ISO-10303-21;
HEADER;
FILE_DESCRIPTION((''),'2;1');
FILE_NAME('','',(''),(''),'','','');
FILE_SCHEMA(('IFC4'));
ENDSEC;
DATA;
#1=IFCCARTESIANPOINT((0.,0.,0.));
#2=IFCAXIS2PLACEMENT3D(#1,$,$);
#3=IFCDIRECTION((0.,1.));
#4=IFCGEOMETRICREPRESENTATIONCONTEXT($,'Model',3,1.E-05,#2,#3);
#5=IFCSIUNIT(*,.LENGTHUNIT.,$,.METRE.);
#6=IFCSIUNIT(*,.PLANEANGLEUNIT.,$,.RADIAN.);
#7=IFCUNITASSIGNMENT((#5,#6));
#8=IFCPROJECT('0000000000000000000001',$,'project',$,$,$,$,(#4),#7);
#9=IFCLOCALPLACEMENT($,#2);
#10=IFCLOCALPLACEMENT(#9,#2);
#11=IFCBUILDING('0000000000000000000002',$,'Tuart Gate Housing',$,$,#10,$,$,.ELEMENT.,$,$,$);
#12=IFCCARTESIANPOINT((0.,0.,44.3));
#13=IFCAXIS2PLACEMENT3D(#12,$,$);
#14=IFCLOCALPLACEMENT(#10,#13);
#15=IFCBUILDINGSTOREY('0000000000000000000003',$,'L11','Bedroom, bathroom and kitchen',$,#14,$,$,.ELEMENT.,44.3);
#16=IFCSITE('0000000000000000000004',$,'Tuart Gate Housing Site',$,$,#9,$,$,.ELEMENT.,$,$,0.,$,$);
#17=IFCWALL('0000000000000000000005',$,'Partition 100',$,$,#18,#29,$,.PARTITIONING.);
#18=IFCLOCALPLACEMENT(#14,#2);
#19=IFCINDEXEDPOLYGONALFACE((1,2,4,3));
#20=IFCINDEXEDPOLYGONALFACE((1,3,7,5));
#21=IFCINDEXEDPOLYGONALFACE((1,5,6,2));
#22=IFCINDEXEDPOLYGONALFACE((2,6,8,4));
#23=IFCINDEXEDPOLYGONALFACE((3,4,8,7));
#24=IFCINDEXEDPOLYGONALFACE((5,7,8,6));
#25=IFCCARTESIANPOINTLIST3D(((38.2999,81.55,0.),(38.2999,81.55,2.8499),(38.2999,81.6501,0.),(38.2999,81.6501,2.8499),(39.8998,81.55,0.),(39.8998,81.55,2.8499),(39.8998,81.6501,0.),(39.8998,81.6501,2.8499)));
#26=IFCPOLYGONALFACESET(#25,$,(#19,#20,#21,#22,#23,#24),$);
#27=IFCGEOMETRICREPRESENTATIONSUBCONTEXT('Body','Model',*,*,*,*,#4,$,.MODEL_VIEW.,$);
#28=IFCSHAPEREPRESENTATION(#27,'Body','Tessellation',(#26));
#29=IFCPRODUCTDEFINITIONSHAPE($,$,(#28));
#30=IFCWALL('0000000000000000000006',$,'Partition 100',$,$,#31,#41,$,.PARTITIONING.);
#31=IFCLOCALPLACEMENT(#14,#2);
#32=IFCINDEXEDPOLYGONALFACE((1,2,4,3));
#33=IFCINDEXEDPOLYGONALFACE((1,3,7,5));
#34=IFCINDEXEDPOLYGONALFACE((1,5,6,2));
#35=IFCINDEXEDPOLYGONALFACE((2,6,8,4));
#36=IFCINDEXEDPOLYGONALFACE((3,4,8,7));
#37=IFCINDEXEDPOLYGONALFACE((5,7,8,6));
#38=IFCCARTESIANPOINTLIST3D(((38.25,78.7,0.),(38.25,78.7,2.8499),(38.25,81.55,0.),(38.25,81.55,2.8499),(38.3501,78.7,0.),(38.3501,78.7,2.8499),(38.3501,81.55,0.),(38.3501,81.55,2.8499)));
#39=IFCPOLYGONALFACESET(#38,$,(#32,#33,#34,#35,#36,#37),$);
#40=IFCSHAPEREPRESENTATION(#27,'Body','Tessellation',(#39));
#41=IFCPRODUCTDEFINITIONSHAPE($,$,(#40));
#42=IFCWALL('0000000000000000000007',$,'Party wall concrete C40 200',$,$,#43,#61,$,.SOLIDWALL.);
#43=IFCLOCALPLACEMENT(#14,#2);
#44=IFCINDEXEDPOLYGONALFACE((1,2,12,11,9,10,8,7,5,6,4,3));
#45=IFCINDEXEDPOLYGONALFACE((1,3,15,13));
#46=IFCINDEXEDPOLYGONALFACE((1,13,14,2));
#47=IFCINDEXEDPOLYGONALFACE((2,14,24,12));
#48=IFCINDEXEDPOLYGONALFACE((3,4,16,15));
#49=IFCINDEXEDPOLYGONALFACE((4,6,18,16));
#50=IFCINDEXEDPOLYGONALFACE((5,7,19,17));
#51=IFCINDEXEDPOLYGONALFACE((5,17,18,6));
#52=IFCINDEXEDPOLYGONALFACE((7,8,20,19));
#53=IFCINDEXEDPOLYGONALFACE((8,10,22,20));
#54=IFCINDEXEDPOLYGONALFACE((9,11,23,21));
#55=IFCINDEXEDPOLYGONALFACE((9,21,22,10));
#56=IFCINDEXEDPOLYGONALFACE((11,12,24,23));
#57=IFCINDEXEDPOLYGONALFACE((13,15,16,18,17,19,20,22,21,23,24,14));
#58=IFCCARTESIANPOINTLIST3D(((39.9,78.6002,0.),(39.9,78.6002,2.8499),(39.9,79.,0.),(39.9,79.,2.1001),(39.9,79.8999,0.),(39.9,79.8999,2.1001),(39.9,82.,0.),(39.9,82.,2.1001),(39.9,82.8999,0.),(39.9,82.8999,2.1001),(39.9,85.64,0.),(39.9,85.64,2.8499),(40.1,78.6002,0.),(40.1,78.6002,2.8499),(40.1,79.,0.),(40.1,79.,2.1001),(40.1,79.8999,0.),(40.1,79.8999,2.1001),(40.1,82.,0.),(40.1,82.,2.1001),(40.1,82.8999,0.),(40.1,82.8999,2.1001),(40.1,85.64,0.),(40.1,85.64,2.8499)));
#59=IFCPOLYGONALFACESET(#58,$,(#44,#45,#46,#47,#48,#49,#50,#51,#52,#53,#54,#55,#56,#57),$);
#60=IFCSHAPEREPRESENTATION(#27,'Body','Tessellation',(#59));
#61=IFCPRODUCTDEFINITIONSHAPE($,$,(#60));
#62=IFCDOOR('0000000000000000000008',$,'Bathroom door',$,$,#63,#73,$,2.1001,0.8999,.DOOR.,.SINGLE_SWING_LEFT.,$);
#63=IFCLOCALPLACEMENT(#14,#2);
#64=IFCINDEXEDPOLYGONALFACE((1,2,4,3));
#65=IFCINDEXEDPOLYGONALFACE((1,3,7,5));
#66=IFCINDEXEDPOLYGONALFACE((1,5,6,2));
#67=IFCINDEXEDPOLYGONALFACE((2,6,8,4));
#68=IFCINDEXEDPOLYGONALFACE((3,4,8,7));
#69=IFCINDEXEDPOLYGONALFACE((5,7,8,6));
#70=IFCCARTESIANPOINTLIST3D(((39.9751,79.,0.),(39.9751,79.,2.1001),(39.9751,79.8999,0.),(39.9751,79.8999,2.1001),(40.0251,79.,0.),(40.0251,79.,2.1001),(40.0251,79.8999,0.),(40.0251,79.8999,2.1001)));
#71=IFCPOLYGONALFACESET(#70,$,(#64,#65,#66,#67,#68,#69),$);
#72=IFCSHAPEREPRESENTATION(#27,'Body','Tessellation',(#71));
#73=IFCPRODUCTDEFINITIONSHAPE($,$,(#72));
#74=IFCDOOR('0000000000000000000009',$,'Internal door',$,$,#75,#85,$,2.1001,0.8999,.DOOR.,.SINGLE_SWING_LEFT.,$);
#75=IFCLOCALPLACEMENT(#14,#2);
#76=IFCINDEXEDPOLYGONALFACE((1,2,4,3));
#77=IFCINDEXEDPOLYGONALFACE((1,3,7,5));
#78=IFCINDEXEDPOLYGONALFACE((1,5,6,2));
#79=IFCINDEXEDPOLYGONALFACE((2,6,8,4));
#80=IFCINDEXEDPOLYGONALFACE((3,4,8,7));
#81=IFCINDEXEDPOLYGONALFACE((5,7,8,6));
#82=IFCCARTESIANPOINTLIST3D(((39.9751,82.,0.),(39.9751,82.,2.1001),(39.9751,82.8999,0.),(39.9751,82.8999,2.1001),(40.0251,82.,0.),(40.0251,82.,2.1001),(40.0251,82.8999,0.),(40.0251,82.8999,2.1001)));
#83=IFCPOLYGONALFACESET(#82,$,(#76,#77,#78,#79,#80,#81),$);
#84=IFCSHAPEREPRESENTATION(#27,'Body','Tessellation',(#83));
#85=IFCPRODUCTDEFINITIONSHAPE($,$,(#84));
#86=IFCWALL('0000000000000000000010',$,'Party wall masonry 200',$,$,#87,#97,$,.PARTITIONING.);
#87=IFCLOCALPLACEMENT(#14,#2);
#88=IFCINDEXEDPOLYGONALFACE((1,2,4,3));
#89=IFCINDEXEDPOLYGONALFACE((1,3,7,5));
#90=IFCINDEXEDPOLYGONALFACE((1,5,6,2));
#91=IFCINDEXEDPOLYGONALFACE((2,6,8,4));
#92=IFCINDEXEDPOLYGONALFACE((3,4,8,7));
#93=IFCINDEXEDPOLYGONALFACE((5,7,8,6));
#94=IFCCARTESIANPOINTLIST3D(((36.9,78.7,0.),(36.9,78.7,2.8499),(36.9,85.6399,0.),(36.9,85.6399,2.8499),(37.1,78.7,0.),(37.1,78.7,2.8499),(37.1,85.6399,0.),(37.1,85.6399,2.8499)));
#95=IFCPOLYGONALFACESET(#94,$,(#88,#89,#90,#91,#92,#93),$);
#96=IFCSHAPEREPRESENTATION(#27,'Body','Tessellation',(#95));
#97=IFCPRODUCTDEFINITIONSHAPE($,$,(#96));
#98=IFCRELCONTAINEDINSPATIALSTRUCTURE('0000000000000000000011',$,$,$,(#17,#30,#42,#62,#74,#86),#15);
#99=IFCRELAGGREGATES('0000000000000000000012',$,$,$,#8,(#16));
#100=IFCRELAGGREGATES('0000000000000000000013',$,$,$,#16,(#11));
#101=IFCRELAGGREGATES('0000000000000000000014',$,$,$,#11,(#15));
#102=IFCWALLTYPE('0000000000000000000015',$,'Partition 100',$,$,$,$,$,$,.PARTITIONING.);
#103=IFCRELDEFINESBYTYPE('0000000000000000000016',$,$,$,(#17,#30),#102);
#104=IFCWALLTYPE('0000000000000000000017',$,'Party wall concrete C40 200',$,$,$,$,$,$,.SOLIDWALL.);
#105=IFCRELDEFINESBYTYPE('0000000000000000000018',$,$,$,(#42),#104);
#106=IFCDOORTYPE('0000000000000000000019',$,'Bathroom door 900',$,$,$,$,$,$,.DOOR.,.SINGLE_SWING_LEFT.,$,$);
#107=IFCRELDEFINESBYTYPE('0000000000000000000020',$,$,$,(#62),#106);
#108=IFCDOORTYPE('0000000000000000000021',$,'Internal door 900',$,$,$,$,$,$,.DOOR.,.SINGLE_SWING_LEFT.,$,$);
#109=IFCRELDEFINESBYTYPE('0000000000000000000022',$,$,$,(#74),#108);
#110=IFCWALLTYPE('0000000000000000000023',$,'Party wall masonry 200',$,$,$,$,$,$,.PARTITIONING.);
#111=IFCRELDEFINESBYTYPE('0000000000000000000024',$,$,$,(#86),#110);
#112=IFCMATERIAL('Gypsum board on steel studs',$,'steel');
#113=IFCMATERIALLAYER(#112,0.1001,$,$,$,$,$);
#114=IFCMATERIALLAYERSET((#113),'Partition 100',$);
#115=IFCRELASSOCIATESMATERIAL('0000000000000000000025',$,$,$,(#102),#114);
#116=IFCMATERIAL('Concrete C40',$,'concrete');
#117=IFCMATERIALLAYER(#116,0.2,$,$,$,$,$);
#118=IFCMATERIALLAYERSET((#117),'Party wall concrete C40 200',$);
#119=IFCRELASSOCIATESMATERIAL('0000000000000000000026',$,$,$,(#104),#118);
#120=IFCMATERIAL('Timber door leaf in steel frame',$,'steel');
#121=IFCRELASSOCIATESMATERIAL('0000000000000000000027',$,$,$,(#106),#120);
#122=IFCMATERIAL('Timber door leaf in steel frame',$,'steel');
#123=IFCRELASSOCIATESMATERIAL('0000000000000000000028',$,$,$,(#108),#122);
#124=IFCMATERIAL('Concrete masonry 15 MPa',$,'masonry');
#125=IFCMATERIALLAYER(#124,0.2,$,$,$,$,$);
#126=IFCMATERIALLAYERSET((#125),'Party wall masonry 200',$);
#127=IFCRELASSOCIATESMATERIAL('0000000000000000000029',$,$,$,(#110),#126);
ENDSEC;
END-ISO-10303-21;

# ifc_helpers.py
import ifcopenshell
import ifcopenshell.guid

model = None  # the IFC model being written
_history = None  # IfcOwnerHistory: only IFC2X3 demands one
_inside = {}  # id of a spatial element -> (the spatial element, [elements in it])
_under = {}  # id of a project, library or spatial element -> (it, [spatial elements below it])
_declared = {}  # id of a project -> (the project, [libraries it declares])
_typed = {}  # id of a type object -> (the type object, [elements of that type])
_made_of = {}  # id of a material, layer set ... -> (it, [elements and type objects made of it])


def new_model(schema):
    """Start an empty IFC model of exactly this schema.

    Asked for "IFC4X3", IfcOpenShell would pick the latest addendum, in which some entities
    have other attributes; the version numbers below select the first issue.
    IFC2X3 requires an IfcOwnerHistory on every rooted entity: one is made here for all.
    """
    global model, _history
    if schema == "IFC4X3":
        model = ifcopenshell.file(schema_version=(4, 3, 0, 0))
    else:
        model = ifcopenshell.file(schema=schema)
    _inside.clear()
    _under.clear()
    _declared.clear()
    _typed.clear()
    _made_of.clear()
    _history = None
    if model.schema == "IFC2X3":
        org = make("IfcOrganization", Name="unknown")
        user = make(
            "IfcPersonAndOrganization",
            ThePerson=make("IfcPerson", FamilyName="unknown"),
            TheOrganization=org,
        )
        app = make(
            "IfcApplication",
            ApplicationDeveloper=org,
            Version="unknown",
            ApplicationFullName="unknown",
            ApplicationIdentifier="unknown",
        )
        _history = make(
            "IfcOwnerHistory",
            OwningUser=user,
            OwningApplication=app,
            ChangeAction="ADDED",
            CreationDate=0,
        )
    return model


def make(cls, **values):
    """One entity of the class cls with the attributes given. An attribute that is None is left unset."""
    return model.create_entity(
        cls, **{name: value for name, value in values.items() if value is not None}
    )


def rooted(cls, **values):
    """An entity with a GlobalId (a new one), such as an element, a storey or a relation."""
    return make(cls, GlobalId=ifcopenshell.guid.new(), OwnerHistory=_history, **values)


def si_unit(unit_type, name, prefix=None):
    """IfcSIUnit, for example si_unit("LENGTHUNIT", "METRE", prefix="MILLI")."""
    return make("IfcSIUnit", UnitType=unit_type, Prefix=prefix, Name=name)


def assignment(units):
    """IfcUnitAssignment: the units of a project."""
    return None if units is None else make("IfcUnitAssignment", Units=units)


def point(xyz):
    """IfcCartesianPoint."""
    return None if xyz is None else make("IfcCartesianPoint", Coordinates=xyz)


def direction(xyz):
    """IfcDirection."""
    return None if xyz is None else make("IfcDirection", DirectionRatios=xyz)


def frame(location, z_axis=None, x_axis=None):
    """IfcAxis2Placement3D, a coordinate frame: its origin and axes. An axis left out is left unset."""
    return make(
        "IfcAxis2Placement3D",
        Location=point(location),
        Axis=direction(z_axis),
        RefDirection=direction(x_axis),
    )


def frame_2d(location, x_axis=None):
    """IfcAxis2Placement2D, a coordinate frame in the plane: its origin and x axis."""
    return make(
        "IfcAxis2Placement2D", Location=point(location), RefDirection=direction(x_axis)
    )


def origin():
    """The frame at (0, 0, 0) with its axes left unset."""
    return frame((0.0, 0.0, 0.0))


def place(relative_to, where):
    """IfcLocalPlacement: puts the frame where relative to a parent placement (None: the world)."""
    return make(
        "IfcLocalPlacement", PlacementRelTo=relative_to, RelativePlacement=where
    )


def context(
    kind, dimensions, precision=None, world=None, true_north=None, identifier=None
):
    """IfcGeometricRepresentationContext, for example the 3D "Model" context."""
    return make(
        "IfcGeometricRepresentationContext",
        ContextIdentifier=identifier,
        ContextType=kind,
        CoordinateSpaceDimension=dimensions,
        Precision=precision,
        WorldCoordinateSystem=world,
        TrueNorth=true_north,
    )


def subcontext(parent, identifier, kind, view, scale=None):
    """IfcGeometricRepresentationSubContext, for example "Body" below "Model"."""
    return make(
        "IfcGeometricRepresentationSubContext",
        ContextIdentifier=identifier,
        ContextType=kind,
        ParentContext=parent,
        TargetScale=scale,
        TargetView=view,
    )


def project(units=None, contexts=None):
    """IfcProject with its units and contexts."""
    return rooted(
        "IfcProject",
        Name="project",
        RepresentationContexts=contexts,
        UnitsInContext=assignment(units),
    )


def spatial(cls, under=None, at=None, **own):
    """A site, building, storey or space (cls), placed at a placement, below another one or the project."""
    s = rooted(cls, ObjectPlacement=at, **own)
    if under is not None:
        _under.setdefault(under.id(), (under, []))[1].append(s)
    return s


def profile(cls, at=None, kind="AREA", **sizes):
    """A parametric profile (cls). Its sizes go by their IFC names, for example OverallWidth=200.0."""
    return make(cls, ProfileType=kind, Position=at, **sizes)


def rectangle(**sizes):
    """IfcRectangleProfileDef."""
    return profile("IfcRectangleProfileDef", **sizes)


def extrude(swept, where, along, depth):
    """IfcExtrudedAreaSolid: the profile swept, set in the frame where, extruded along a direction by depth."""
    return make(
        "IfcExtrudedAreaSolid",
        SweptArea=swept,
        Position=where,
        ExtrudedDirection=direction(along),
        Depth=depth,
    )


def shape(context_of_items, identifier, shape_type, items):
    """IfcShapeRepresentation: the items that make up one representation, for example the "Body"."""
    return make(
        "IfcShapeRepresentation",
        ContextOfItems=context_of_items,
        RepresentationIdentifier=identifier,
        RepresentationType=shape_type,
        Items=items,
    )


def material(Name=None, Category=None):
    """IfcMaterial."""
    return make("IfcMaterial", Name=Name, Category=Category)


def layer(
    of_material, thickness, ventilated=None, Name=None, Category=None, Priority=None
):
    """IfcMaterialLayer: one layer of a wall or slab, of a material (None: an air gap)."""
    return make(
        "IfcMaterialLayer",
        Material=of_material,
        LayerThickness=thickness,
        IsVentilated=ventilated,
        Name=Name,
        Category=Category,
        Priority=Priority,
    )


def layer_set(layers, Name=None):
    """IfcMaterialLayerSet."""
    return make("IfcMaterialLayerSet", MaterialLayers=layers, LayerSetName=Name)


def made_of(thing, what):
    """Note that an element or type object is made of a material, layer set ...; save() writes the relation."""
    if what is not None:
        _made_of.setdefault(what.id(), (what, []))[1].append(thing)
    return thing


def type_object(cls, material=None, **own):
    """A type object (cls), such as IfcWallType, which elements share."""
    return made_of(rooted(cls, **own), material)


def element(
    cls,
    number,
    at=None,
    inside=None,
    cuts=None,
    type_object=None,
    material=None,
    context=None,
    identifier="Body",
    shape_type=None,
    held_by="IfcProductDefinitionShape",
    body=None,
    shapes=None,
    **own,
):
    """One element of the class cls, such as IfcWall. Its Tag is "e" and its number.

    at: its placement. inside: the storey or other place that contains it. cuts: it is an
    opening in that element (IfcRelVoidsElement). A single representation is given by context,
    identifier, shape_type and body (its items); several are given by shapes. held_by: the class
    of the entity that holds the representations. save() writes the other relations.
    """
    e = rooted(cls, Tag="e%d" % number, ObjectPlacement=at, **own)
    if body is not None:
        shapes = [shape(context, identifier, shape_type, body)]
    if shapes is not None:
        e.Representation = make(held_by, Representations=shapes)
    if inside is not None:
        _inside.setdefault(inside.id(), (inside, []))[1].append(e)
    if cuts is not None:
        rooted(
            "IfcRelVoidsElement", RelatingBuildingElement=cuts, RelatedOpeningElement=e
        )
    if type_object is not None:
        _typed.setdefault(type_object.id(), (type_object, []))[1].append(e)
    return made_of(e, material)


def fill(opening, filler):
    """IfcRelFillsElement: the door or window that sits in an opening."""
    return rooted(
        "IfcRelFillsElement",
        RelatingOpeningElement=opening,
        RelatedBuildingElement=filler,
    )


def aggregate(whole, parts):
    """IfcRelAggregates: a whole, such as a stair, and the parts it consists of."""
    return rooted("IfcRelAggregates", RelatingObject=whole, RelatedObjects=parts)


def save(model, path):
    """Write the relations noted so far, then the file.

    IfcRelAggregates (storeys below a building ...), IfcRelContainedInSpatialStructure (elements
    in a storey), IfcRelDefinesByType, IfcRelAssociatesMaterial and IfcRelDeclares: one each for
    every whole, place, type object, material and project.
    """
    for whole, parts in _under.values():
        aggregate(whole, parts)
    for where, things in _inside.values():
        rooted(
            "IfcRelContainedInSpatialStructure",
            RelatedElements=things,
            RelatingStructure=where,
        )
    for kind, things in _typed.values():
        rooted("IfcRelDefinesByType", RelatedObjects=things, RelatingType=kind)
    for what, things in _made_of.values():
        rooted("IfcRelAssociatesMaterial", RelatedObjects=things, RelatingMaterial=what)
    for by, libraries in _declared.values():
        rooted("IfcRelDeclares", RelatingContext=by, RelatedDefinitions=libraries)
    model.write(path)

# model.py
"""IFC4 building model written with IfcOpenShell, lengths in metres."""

from ifc_helpers import new_model, si_unit, direction, frame, frame_2d, origin, place, context, subcontext, project, spatial, rectangle, extrude, material, layer, layer_set, type_object, element, fill, save


model = new_model("IFC4")

# Units and contexts
model_context = context("Model", 3, precision=1e-05, world=origin(), true_north=direction((0.0, 1.0)))
body_context = subcontext(model_context, "Body", "Model", "MODEL_VIEW")
ifc_project = project(units=[si_unit("LENGTHUNIT", "METRE"), si_unit("PLANEANGLEUNIT", "RADIAN")], contexts=[model_context])

# Site, building, storey
site_placement = place(None, origin())
site = spatial("IfcSite", under=ifc_project, at=site_placement, Name="Tuart Gate Housing Site", CompositionType="ELEMENT", RefElevation=0.0)
building_placement = place(site_placement, origin())
building = spatial("IfcBuilding", under=site, at=building_placement, Name="Tuart Gate Housing", CompositionType="ELEMENT")
storey_placement = place(building_placement, frame((0.0, 0.0, 44.3)))
storey = spatial("IfcBuildingStorey", under=building, at=storey_placement, Name="L11", Description="Bedroom, bathroom and kitchen", CompositionType="ELEMENT", Elevation=44.3)

# Walls
ifc_material_1 = material(Name="Gypsum board on steel studs", Category="steel")
ifc_layer_1 = layer(ifc_material_1, 0.1001)
ifc_layer_set_1 = layer_set([ifc_layer_1], Name="Partition 100")
wall_type_1 = type_object("IfcWallType", Name="Partition 100", PredefinedType="PARTITIONING", material=ifc_layer_set_1)
wall_1_placement = place(storey_placement, frame((38.3, 81.6001, 0.0), z_axis=(0.0, 0.0, 1.0), x_axis=(1.0, 0.0, 0.0)))
element("IfcWall", 1, at=wall_1_placement, inside=storey, type_object=wall_type_1, Name="Partition 100", PredefinedType="PARTITIONING", context=body_context, shape_type="SweptSolid", body=[
    extrude(rectangle(XDim=1.5999, YDim=0.1001, at=frame_2d((0.7998, 0.0))), origin(), (0.0, 0.0, 1.0), 2.8499),
])
wall_2_placement = place(storey_placement, frame((38.3, 78.7, 0.0), z_axis=(0.0, 0.0, 1.0), x_axis=(0.0, 1.0, 0.0)))
element("IfcWall", 2, at=wall_2_placement, inside=storey, type_object=wall_type_1, Name="Partition 100", PredefinedType="PARTITIONING", context=body_context, shape_type="SweptSolid", body=[
    extrude(rectangle(XDim=2.8501, YDim=0.1001, at=frame_2d((1.425, 0.0))), origin(), (0.0, 0.0, 1.0), 2.8499),
])

# Wall, openings, doors
ifc_material_2 = material(Name="Concrete C40", Category="concrete")
ifc_layer_2 = layer(ifc_material_2, 0.2)
ifc_layer_set_2 = layer_set([ifc_layer_2], Name="Party wall concrete C40 200")
wall_type_2 = type_object("IfcWallType", Name="Party wall concrete C40 200", PredefinedType="SOLIDWALL", material=ifc_layer_set_2)
wall_3_placement = place(storey_placement, frame((40.0, 78.6001, 0.0), z_axis=(0.0, 0.0, 1.0), x_axis=(0.0, 1.0, 0.0)))
wall_3 = element("IfcWall", 3, at=wall_3_placement, inside=storey, type_object=wall_type_2, Name="Party wall concrete C40 200", PredefinedType="SOLIDWALL", context=body_context, shape_type="SweptSolid", body=[
    extrude(rectangle(XDim=7.0398, YDim=0.2, at=frame_2d((3.52, 0.0))), origin(), (0.0, 0.0, 1.0), 2.8499),
])
opening_1_placement = place(wall_3_placement, frame((3.3999, 0.0, 0.0)))
opening_1 = element("IfcOpeningElement", 4, at=opening_1_placement, cuts=wall_3, PredefinedType="OPENING", context=body_context, shape_type="SweptSolid", body=[
    extrude(rectangle(XDim=0.8999, YDim=2.1001, at=frame_2d((0.45, 1.05))), frame((0.0, 0.1099, 0.0), z_axis=(0.0, -1.0, 0.0), x_axis=(1.0, 0.0, 0.0)), (0.0, 0.0, 1.0), 0.22),
])
opening_2_placement = place(wall_3_placement, frame((0.3999, 0.0, 0.0)))
opening_2 = element("IfcOpeningElement", 5, at=opening_2_placement, cuts=wall_3, PredefinedType="OPENING", context=body_context, shape_type="SweptSolid", body=[
    extrude(rectangle(XDim=0.8999, YDim=2.1001, at=frame_2d((0.45, 1.05))), frame((0.0, 0.1099, 0.0), z_axis=(0.0, -1.0, 0.0), x_axis=(1.0, 0.0, 0.0)), (0.0, 0.0, 1.0), 0.22),
])
ifc_material_3 = material(Name="Timber door leaf in steel frame", Category="steel")
door_type_1 = type_object("IfcDoorType", Name="Bathroom door 900", OperationType="SINGLE_SWING_LEFT", PredefinedType="DOOR", material=ifc_material_3)
door_1_placement = place(opening_2_placement, origin())
door_1 = element("IfcDoor", 6, at=door_1_placement, inside=storey, type_object=door_type_1, Name="Bathroom door", OperationType="SINGLE_SWING_LEFT", OverallHeight=2.1001, OverallWidth=0.8999, PredefinedType="DOOR", context=body_context, shape_type="SweptSolid", body=[
    extrude(rectangle(XDim=0.8999, YDim=2.1001, at=frame_2d((0.45, 1.05))), frame((0.0, 0.0249, 0.0), z_axis=(0.0, -1.0, 0.0), x_axis=(1.0, 0.0, 0.0)), (0.0, 0.0, 1.0), 0.05),
])
fill(opening_2, door_1)
ifc_material_4 = material(Name="Timber door leaf in steel frame", Category="steel")
door_type_2 = type_object("IfcDoorType", Name="Internal door 900", OperationType="SINGLE_SWING_LEFT", PredefinedType="DOOR", material=ifc_material_4)
door_2_placement = place(opening_1_placement, origin())
door_2 = element("IfcDoor", 7, at=door_2_placement, inside=storey, type_object=door_type_2, Name="Internal door", OperationType="SINGLE_SWING_LEFT", OverallHeight=2.1001, OverallWidth=0.8999, PredefinedType="DOOR", context=body_context, shape_type="SweptSolid", body=[
    extrude(rectangle(XDim=0.8999, YDim=2.1001, at=frame_2d((0.45, 1.05))), frame((0.0, 0.0249, 0.0), z_axis=(0.0, -1.0, 0.0), x_axis=(1.0, 0.0, 0.0)), (0.0, 0.0, 1.0), 0.05),
])
fill(opening_1, door_2)

# Wall
ifc_material_5 = material(Name="Concrete masonry 15 MPa", Category="masonry")
ifc_layer_3 = layer(ifc_material_5, 0.2)
ifc_layer_set_3 = layer_set([ifc_layer_3], Name="Party wall masonry 200")
wall_type_3 = type_object("IfcWallType", Name="Party wall masonry 200", PredefinedType="PARTITIONING", material=ifc_layer_set_3)
wall_4_placement = place(storey_placement, frame((37.0, 78.7, 0.0), z_axis=(0.0, 0.0, 1.0), x_axis=(0.0, 1.0, 0.0)))
element("IfcWall", 8, at=wall_4_placement, inside=storey, type_object=wall_type_3, Name="Party wall masonry 200", PredefinedType="PARTITIONING", context=body_context, shape_type="SweptSolid", body=[
    extrude(rectangle(XDim=6.9399, YDim=0.2, at=frame_2d((3.47, 0.0))), origin(), (0.0, 0.0, 1.0), 2.8499),
])

save(model, "model.ifc")
